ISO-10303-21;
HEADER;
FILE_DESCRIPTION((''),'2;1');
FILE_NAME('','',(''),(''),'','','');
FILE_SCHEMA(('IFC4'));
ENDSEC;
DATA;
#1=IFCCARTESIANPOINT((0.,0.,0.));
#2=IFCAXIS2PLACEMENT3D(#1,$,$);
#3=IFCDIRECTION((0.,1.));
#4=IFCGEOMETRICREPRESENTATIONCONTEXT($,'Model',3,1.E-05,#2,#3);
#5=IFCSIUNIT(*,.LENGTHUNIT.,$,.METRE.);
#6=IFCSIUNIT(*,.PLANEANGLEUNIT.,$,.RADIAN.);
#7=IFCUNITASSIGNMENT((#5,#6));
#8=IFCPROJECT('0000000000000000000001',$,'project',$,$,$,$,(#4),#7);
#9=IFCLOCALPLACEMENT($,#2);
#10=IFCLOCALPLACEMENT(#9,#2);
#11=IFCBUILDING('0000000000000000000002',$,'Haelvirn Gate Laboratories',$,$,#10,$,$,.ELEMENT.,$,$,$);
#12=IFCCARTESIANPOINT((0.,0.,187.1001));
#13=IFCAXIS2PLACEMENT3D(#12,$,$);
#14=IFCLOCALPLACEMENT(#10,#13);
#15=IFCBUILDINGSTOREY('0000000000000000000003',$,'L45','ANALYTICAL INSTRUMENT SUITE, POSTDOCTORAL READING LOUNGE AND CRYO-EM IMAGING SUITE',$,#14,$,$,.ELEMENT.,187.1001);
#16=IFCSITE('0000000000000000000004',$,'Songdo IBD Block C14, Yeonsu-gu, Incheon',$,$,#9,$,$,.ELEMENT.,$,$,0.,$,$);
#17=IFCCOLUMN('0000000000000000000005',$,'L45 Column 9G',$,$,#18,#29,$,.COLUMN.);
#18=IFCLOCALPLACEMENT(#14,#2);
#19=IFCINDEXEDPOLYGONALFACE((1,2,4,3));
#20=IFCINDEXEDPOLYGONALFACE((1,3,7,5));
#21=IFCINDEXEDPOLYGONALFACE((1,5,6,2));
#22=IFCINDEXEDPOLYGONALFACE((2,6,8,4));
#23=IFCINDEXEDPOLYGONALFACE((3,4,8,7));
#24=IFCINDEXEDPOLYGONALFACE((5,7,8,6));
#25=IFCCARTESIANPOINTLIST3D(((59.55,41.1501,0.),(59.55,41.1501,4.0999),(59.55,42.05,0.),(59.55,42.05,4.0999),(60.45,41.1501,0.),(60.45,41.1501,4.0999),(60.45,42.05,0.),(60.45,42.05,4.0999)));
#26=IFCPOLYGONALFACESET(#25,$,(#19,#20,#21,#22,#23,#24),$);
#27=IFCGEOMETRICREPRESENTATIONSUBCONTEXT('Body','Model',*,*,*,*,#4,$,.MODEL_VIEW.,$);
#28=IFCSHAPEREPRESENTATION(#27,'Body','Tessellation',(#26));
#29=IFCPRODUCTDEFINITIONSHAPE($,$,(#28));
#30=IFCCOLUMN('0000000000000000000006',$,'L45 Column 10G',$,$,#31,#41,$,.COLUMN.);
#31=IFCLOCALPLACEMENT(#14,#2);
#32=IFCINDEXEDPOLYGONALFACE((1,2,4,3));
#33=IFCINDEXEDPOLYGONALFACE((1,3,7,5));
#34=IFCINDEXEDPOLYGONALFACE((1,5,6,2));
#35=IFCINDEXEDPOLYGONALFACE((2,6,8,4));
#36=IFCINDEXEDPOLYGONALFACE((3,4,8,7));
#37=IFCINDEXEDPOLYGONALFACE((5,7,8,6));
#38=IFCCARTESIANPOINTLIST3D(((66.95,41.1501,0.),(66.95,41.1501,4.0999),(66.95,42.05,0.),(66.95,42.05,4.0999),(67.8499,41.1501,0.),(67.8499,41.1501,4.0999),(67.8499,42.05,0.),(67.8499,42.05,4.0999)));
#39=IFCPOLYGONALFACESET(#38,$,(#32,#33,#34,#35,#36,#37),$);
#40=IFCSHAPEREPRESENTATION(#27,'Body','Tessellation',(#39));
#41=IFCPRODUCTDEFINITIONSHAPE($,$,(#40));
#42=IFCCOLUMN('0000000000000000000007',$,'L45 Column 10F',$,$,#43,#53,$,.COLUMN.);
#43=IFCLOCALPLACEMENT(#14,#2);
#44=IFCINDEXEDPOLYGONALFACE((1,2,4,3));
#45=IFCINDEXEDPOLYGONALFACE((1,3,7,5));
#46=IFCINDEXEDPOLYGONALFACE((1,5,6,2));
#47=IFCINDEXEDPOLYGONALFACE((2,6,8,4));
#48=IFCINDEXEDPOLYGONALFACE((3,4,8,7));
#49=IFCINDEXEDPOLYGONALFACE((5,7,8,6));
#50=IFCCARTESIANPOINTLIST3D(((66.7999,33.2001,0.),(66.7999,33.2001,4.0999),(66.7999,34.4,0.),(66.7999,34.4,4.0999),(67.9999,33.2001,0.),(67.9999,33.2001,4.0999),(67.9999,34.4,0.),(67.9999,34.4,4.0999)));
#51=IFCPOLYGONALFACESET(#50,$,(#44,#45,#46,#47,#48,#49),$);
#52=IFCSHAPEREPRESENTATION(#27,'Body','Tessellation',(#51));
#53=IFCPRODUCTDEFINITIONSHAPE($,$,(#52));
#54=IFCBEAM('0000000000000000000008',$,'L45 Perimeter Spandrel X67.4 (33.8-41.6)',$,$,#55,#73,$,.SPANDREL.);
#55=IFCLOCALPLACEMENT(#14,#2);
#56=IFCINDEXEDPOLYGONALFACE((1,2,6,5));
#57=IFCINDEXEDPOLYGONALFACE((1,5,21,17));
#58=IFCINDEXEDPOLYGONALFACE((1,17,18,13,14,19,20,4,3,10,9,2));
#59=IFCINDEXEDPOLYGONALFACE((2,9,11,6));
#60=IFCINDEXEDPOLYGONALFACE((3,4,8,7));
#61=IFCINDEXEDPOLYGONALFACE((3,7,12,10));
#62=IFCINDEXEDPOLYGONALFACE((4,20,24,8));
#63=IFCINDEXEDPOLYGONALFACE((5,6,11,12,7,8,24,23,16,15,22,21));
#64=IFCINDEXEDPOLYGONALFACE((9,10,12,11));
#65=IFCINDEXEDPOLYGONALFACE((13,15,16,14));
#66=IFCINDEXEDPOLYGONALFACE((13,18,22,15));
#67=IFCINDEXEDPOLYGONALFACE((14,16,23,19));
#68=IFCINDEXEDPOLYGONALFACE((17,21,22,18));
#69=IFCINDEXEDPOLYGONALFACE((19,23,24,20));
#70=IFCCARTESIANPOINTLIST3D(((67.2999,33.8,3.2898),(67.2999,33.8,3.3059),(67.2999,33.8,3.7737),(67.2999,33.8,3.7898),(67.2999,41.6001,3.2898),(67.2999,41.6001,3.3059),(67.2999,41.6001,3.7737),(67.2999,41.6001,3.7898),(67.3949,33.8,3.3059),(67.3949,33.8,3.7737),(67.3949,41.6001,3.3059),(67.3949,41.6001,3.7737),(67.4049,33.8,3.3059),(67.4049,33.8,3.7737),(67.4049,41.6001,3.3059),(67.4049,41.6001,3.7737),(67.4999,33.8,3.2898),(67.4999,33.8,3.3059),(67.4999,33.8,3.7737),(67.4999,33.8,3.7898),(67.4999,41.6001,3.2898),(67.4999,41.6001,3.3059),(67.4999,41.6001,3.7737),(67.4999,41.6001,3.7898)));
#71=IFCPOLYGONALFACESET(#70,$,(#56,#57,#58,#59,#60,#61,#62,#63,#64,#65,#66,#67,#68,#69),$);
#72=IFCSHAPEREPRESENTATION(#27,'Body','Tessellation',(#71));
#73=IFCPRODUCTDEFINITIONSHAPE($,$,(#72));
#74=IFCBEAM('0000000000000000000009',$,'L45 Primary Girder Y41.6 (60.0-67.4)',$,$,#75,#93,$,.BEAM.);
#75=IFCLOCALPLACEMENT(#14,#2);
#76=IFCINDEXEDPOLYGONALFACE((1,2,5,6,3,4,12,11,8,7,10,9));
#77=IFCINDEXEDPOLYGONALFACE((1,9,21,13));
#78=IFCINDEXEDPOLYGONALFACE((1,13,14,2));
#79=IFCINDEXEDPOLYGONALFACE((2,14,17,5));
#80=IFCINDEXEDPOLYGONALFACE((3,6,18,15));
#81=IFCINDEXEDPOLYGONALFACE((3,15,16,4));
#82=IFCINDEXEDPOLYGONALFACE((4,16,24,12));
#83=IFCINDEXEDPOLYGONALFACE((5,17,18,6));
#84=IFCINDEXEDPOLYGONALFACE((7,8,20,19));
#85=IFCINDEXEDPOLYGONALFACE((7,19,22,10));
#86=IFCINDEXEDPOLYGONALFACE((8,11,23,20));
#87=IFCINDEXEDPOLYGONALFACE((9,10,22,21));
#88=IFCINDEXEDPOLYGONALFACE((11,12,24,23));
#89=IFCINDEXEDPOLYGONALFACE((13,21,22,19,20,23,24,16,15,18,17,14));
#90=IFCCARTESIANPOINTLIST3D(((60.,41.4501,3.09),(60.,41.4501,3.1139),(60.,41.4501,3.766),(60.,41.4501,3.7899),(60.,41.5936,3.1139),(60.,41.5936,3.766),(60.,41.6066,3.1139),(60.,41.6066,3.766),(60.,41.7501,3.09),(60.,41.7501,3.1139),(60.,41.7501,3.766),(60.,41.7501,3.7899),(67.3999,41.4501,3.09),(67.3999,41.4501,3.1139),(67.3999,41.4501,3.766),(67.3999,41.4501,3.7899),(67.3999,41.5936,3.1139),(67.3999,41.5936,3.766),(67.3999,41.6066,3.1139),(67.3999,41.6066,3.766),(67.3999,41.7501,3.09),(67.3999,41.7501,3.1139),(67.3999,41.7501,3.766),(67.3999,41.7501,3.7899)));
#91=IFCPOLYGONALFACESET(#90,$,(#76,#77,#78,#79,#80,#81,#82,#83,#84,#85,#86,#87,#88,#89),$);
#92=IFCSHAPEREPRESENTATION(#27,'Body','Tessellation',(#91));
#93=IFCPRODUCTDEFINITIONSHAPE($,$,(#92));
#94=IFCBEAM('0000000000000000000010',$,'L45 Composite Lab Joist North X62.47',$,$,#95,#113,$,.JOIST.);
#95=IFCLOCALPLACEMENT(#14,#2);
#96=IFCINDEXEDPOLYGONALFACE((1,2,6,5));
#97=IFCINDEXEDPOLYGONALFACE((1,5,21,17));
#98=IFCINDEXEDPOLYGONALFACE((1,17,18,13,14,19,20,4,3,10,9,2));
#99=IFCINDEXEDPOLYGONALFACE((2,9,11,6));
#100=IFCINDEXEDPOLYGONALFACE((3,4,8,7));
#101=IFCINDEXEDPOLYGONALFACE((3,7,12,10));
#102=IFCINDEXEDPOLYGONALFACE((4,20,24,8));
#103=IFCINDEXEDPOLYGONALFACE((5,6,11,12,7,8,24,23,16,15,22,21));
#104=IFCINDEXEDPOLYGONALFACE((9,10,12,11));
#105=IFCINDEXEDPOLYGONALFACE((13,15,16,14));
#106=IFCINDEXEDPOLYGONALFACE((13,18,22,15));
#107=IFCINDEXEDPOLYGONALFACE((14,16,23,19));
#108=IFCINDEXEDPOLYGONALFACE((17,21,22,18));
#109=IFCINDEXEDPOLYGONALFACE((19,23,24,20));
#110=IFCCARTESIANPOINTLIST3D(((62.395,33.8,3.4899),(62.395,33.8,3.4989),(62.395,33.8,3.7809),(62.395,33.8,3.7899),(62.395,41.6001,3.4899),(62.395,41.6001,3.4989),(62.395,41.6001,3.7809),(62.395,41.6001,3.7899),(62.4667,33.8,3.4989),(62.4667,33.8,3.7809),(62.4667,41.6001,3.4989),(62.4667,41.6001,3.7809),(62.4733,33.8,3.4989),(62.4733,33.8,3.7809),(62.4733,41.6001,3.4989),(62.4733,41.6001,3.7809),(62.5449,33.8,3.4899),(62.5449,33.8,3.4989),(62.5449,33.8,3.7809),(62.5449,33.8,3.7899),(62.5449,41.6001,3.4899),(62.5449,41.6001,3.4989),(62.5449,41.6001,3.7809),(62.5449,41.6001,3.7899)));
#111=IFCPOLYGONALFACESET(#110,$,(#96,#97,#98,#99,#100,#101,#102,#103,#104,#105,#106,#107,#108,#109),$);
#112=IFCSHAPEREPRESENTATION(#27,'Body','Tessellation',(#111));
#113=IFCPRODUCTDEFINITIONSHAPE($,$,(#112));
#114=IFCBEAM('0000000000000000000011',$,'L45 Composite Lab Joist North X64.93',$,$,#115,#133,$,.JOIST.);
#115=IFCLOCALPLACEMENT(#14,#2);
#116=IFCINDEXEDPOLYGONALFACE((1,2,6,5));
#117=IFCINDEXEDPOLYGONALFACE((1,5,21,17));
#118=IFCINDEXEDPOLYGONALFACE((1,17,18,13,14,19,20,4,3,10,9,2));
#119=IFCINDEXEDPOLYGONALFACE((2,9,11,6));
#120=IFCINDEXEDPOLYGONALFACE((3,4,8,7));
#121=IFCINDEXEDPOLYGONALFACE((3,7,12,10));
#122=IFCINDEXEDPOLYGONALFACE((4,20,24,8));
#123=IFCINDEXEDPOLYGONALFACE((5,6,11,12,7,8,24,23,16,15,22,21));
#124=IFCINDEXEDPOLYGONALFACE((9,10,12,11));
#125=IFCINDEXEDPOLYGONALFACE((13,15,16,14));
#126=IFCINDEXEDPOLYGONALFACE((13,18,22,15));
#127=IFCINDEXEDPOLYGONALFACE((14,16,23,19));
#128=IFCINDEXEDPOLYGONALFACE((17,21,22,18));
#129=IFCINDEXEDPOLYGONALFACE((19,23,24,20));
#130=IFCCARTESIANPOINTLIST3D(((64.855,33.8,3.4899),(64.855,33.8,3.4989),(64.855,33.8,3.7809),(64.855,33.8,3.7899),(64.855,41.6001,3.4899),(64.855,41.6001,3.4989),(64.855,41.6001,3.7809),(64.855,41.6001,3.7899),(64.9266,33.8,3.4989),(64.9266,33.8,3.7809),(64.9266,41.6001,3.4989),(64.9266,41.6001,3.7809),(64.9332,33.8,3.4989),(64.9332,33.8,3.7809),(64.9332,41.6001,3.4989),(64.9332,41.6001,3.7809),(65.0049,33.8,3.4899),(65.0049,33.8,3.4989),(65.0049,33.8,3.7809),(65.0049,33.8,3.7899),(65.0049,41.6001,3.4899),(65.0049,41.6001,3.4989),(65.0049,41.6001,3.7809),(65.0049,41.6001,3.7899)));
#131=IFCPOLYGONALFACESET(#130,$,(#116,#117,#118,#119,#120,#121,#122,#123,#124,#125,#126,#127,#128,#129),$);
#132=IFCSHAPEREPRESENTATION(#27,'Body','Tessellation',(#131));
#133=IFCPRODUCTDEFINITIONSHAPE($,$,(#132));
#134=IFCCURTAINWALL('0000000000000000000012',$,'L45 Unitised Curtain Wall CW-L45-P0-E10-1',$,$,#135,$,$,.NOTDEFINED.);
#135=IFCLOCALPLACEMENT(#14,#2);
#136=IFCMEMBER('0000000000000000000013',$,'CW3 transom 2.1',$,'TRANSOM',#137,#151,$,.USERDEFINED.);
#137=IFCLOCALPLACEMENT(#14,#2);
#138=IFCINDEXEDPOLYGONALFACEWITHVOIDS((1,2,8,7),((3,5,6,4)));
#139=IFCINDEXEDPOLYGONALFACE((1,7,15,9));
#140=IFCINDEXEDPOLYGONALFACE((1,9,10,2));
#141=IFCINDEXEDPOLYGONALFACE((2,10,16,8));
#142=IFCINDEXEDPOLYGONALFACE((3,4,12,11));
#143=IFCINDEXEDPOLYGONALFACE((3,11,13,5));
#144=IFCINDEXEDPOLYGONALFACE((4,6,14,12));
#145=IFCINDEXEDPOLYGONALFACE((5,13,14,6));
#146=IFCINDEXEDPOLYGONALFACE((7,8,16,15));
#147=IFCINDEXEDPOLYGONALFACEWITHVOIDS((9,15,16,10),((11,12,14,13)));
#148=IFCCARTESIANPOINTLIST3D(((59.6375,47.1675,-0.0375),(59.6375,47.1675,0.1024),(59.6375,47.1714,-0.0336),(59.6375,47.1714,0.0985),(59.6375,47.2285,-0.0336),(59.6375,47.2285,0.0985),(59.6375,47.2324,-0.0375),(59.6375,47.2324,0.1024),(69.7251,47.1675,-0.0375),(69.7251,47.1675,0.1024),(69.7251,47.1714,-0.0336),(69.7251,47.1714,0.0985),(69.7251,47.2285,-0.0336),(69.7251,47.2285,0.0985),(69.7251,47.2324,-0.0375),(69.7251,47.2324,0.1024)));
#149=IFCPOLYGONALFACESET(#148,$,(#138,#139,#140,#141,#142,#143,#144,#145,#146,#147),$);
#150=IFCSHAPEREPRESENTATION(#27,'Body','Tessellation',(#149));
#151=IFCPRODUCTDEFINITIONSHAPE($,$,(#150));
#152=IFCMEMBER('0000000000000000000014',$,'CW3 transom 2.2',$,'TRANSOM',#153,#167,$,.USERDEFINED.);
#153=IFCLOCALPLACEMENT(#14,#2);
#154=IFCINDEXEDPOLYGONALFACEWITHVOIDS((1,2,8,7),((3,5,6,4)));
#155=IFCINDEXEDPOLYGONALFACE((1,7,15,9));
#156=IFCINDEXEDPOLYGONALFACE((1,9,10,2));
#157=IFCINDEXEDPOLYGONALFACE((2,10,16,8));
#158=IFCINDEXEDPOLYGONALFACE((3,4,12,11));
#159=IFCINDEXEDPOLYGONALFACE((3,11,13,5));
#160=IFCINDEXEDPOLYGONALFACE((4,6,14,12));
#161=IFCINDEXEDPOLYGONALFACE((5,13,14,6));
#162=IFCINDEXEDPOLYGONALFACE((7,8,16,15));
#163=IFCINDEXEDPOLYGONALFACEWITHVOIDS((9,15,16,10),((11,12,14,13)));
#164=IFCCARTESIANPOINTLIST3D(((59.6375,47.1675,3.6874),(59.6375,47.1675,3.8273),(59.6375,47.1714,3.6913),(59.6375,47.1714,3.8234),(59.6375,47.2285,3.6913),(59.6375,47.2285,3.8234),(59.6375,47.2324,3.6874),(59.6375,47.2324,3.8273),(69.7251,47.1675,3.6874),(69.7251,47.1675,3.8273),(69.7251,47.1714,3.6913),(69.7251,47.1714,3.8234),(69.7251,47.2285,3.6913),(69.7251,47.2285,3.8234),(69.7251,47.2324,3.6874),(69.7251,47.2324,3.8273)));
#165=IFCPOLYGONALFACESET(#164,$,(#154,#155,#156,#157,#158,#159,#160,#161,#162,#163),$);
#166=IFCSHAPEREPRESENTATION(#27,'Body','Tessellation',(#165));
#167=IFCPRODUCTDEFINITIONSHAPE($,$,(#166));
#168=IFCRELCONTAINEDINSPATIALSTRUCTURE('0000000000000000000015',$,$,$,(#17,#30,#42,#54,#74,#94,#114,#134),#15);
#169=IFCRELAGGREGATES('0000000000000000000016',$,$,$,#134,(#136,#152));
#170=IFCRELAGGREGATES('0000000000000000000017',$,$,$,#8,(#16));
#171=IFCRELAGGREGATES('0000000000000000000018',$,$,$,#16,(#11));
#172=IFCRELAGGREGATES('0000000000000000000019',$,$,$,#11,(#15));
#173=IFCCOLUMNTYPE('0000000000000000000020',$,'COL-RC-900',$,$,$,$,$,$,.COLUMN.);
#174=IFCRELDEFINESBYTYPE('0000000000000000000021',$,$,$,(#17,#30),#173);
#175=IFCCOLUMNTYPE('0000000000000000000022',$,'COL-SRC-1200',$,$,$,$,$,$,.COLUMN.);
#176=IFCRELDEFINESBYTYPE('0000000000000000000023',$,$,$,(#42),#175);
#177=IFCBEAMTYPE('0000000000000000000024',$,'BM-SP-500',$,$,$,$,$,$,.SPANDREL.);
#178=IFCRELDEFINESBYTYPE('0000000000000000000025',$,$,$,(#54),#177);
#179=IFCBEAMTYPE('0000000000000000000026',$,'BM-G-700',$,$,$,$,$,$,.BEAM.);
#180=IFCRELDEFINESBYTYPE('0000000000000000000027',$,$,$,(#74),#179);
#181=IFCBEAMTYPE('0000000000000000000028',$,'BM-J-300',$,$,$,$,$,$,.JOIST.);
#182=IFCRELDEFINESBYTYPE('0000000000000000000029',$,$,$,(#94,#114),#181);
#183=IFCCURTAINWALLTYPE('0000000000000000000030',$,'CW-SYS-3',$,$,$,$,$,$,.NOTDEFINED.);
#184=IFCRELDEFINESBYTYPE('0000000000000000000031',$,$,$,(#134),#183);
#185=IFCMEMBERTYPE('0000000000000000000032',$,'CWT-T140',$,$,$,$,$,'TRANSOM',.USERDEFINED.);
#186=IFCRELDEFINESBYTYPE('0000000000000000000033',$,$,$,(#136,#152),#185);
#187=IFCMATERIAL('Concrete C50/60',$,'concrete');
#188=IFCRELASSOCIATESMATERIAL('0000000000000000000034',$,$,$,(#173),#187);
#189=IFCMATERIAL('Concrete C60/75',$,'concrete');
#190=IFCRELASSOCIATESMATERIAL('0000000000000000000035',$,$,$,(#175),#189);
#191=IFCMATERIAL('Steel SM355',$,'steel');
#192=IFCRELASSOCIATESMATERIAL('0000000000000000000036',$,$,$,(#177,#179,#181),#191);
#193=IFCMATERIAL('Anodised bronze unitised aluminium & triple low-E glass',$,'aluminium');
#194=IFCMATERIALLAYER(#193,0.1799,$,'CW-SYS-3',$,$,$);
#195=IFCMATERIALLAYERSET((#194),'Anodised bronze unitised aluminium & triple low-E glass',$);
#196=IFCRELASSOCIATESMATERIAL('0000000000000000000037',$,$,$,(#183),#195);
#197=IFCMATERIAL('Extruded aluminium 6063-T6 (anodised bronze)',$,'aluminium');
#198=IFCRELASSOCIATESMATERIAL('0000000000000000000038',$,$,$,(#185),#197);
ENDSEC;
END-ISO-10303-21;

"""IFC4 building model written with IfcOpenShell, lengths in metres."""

from ifc_helpers import new_model, si_unit, direction, frame, origin, origin_2d, place, context, subcontext, project, spatial, rectangle, hollow_rectangle, i_section, extrude, source, transform, mapped, material, layer, layer_set, material_profile, profile_set, type_object, type_shapes, element, aggregate, save


model = new_model("IFC4")

# Units and contexts
model_context = context("Model", 3, precision=1e-05, world=origin(), true_north=direction((0.0, 1.0)))
body_context = subcontext(model_context, "Body", "Model", "MODEL_VIEW")
ifc_project = project(units=[si_unit("LENGTHUNIT", "METRE"), si_unit("PLANEANGLEUNIT", "RADIAN")], contexts=[model_context])

# Site, building, storey
site_placement = place(None, origin())
site = spatial("IfcSite", under=ifc_project, at=site_placement, Name="Songdo IBD Block C14, Yeonsu-gu, Incheon", CompositionType="ELEMENT", RefElevation=0.0)
building_placement = place(site_placement, origin())
building = spatial("IfcBuilding", under=site, at=building_placement, Name="Haelvirn Gate Laboratories", CompositionType="ELEMENT")
storey_placement = place(building_placement, frame((0.0, 0.0, 187.1001)))
storey = spatial("IfcBuildingStorey", under=building, at=storey_placement, Name="L45", Description="ANALYTICAL INSTRUMENT SUITE, POSTDOCTORAL READING LOUNGE AND CRYO-EM IMAGING SUITE", CompositionType="ELEMENT", Elevation=187.1001)

# Columns
ifc_material_1 = material(Name="Concrete C50/60", Category="concrete")
ifc_material_profile_1 = material_profile(ifc_material_1, rectangle(XDim=0.8999, YDim=0.8999, at=origin_2d()), Name="RC-900x900")
ifc_profile_set_1 = profile_set([ifc_material_profile_1], Name="Concrete C50/60")
column_type_1 = type_object("IfcColumnType", Name="COL-RC-900", PredefinedType="COLUMN", material=ifc_profile_set_1)
shared_shape_1 = source(origin(), body_context, "Body", "SweptSolid", [
    extrude(rectangle(XDim=0.8999, YDim=0.8999, at=origin_2d()), origin(), (0.0, 0.0, 1.0), 4.0999),
])
type_shapes(column_type_1, [shared_shape_1])
for number, where, z_axis, x_axis, name in (
    (1, (60.0, 41.6001, 0.0), (0.0, 0.0, 1.0), (1.0, 0.0, 0.0), "L45 Column 9G"),
    (2, (67.3999, 41.6001, 0.0), (0.0, 0.0, 1.0), (1.0, 0.0, 0.0), "L45 Column 10G"),
):
    element("IfcColumn", number, at=place(storey_placement, frame(where, z_axis=z_axis, x_axis=x_axis)), inside=storey, type_object=column_type_1, Name=name, PredefinedType="COLUMN", context=body_context, shape_type="MappedRepresentation", body=[
        mapped(shared_shape_1, transform((0.0, 0.0, 0.0), scale=1.0)),
    ])
ifc_material_2 = material(Name="Concrete C60/75", Category="concrete")
ifc_material_profile_2 = material_profile(ifc_material_2, rectangle(XDim=1.2, YDim=1.2, at=origin_2d()), Name="SRC-1200x1200")
ifc_profile_set_2 = profile_set([ifc_material_profile_2], Name="Concrete C60/75")
column_type_2 = type_object("IfcColumnType", Name="COL-SRC-1200", PredefinedType="COLUMN", material=ifc_profile_set_2)
shared_shape_2 = source(origin(), body_context, "Body", "SweptSolid", [
    extrude(rectangle(XDim=1.2, YDim=1.2, at=origin_2d()), origin(), (0.0, 0.0, 1.0), 4.0999),
])
type_shapes(column_type_2, [shared_shape_2])
column_placement = place(storey_placement, frame((67.3999, 33.8, 0.0), z_axis=(0.0, 0.0, 1.0), x_axis=(1.0, 0.0, 0.0)))
element("IfcColumn", 3, at=column_placement, inside=storey, type_object=column_type_2, Name="L45 Column 10F", PredefinedType="COLUMN", context=body_context, shape_type="MappedRepresentation", body=[
    mapped(shared_shape_2, transform((0.0, 0.0, 0.0), scale=1.0)),
])

# Beams
ifc_material_3 = material(Name="Steel SM355", Category="steel")
ifc_material_profile_3 = material_profile(ifc_material_3, i_section(OverallWidth=0.2, OverallDepth=0.5, WebThickness=0.01, FlangeThickness=0.0161, at=origin_2d()), Name="H-500x200x10x16")
ifc_profile_set_3 = profile_set([ifc_material_profile_3], Name="Steel SM355")
beam_type_1 = type_object("IfcBeamType", Name="BM-SP-500", PredefinedType="SPANDREL", material=ifc_profile_set_3)
shared_shape_3 = source(origin(), body_context, "Body", "SweptSolid", [
    extrude(i_section(OverallWidth=0.2, OverallDepth=0.5, WebThickness=0.01, FlangeThickness=0.0161, at=origin_2d()), origin(), (0.0, 0.0, 1.0), 7.8),
])
type_shapes(beam_type_1, [shared_shape_3])
beam_1_placement = place(storey_placement, frame((67.3999, 33.8, 3.5398), z_axis=(0.0, 1.0, 0.0), x_axis=(-1.0, 0.0, 0.0)))
element("IfcBeam", 4, at=beam_1_placement, inside=storey, type_object=beam_type_1, Name="L45 Perimeter Spandrel X67.4 (33.8-41.6)", PredefinedType="SPANDREL", context=body_context, shape_type="MappedRepresentation", body=[
    mapped(shared_shape_3, transform((0.0, 0.0, 0.0), scale=1.0)),
])
ifc_material_profile_4 = material_profile(ifc_material_3, i_section(OverallWidth=0.3, OverallDepth=0.7, WebThickness=0.0129, FlangeThickness=0.0239, at=origin_2d()), Name="H-700x300x13x24")
ifc_profile_set_4 = profile_set([ifc_material_profile_4], Name="Steel SM355")
beam_type_2 = type_object("IfcBeamType", Name="BM-G-700", PredefinedType="BEAM", material=ifc_profile_set_4)
shared_shape_4 = source(origin(), body_context, "Body", "SweptSolid", [
    extrude(i_section(OverallWidth=0.3, OverallDepth=0.7, WebThickness=0.0129, FlangeThickness=0.0239, at=origin_2d()), origin(), (0.0, 0.0, 1.0), 7.3999),
])
type_shapes(beam_type_2, [shared_shape_4])
beam_2_placement = place(storey_placement, frame((60.0, 41.6001, 3.4399), z_axis=(1.0, 0.0, 0.0), x_axis=(0.0, 1.0, 0.0)))
element("IfcBeam", 5, at=beam_2_placement, inside=storey, type_object=beam_type_2, Name="L45 Primary Girder Y41.6 (60.0-67.4)", PredefinedType="BEAM", context=body_context, shape_type="MappedRepresentation", body=[
    mapped(shared_shape_4, transform((0.0, 0.0, 0.0), scale=1.0)),
])
ifc_material_profile_5 = material_profile(ifc_material_3, i_section(OverallWidth=0.1499, OverallDepth=0.3, WebThickness=0.0066, FlangeThickness=0.009, at=origin_2d()), Name="H-300x150x6.5x9")
ifc_profile_set_5 = profile_set([ifc_material_profile_5], Name="Steel SM355")
beam_type_3 = type_object("IfcBeamType", Name="BM-J-300", PredefinedType="JOIST", material=ifc_profile_set_5)
shared_shape_5 = source(origin(), body_context, "Body", "SweptSolid", [
    extrude(i_section(OverallWidth=0.1499, OverallDepth=0.3, WebThickness=0.0066, FlangeThickness=0.009, at=origin_2d()), origin(), (0.0, 0.0, 1.0), 7.8),
])
type_shapes(beam_type_3, [shared_shape_5])
for number, where, z_axis, x_axis, name in (
    (6, (62.47, 33.8, 3.6399), (0.0, 1.0, 0.0), (-1.0, 0.0, 0.0), "L45 Composite Lab Joist North X62.47"),
    (7, (64.9299, 33.8, 3.6399), (0.0, 1.0, 0.0), (-1.0, 0.0, 0.0), "L45 Composite Lab Joist North X64.93"),
):
    element("IfcBeam", number, at=place(storey_placement, frame(where, z_axis=z_axis, x_axis=x_axis)), inside=storey, type_object=beam_type_3, Name=name, PredefinedType="JOIST", context=body_context, shape_type="MappedRepresentation", body=[
        mapped(shared_shape_5, transform((0.0, 0.0, 0.0), scale=1.0)),
    ])

# Curtain wall, members
ifc_material_4 = material(Name="Anodised bronze unitised aluminium & triple low-E glass", Category="aluminium")
ifc_layer_1 = layer(ifc_material_4, 0.1799, Name="CW-SYS-3")
ifc_layer_set_1 = layer_set([ifc_layer_1], Name="Anodised bronze unitised aluminium & triple low-E glass")
curtain_wall_type_1 = type_object("IfcCurtainWallType", Name="CW-SYS-3", PredefinedType="NOTDEFINED", material=ifc_layer_set_1)
curtain_wall_1_placement = place(storey_placement, origin())
curtain_wall_1 = element("IfcCurtainWall", 8, at=curtain_wall_1_placement, inside=storey, type_object=curtain_wall_type_1, Name="L45 Unitised Curtain Wall CW-L45-P0-E10-1", PredefinedType="NOTDEFINED")
ifc_material_5 = material(Name="Extruded aluminium 6063-T6 (anodised bronze)", Category="aluminium")
ifc_material_profile_6 = material_profile(ifc_material_5, hollow_rectangle(XDim=0.0649, YDim=0.1399, WallThickness=0.0039, at=origin_2d()), Name="CWT-140x65x4")
ifc_profile_set_6 = profile_set([ifc_material_profile_6], Name="Extruded aluminium 6063-T6 (anodised bronze)")
member_type_1 = type_object("IfcMemberType", Name="CWT-T140", ElementType="TRANSOM", PredefinedType="USERDEFINED", material=ifc_profile_set_6)
shared_shape_6 = source(origin(), body_context, "Body", "SweptSolid", [
    extrude(hollow_rectangle(XDim=0.0649, YDim=0.1399, WallThickness=0.0039, at=origin_2d()), origin(), (0.0, 0.0, 1.0), 10.0876),
])
member_1_placement = place(storey_placement, frame((59.6375, 47.2, 0.0325), z_axis=(1.0, 0.0, 0.0), x_axis=(0.0, 1.0, 0.0)))
member_1 = element("IfcMember", 9, at=member_1_placement, type_object=member_type_1, Name="CW3 transom 2.1", ObjectType="TRANSOM", PredefinedType="USERDEFINED", context=body_context, shape_type="MappedRepresentation", body=[
    mapped(shared_shape_6, transform((0.0, 0.0, 0.0), scale=1.0)),
])
member_2_placement = place(storey_placement, frame((59.6375, 47.2, 3.7573), z_axis=(1.0, 0.0, 0.0), x_axis=(0.0, 1.0, 0.0)))
member_2 = element("IfcMember", 10, at=member_2_placement, type_object=member_type_1, Name="CW3 transom 2.2", ObjectType="TRANSOM", PredefinedType="USERDEFINED", context=body_context, shape_type="MappedRepresentation", body=[
    mapped(shared_shape_6, transform((0.0, 0.0, 0.0), scale=1.0)),
])

aggregate(curtain_wall_1, [member_1, member_2])

save(model, "model.ifc")
